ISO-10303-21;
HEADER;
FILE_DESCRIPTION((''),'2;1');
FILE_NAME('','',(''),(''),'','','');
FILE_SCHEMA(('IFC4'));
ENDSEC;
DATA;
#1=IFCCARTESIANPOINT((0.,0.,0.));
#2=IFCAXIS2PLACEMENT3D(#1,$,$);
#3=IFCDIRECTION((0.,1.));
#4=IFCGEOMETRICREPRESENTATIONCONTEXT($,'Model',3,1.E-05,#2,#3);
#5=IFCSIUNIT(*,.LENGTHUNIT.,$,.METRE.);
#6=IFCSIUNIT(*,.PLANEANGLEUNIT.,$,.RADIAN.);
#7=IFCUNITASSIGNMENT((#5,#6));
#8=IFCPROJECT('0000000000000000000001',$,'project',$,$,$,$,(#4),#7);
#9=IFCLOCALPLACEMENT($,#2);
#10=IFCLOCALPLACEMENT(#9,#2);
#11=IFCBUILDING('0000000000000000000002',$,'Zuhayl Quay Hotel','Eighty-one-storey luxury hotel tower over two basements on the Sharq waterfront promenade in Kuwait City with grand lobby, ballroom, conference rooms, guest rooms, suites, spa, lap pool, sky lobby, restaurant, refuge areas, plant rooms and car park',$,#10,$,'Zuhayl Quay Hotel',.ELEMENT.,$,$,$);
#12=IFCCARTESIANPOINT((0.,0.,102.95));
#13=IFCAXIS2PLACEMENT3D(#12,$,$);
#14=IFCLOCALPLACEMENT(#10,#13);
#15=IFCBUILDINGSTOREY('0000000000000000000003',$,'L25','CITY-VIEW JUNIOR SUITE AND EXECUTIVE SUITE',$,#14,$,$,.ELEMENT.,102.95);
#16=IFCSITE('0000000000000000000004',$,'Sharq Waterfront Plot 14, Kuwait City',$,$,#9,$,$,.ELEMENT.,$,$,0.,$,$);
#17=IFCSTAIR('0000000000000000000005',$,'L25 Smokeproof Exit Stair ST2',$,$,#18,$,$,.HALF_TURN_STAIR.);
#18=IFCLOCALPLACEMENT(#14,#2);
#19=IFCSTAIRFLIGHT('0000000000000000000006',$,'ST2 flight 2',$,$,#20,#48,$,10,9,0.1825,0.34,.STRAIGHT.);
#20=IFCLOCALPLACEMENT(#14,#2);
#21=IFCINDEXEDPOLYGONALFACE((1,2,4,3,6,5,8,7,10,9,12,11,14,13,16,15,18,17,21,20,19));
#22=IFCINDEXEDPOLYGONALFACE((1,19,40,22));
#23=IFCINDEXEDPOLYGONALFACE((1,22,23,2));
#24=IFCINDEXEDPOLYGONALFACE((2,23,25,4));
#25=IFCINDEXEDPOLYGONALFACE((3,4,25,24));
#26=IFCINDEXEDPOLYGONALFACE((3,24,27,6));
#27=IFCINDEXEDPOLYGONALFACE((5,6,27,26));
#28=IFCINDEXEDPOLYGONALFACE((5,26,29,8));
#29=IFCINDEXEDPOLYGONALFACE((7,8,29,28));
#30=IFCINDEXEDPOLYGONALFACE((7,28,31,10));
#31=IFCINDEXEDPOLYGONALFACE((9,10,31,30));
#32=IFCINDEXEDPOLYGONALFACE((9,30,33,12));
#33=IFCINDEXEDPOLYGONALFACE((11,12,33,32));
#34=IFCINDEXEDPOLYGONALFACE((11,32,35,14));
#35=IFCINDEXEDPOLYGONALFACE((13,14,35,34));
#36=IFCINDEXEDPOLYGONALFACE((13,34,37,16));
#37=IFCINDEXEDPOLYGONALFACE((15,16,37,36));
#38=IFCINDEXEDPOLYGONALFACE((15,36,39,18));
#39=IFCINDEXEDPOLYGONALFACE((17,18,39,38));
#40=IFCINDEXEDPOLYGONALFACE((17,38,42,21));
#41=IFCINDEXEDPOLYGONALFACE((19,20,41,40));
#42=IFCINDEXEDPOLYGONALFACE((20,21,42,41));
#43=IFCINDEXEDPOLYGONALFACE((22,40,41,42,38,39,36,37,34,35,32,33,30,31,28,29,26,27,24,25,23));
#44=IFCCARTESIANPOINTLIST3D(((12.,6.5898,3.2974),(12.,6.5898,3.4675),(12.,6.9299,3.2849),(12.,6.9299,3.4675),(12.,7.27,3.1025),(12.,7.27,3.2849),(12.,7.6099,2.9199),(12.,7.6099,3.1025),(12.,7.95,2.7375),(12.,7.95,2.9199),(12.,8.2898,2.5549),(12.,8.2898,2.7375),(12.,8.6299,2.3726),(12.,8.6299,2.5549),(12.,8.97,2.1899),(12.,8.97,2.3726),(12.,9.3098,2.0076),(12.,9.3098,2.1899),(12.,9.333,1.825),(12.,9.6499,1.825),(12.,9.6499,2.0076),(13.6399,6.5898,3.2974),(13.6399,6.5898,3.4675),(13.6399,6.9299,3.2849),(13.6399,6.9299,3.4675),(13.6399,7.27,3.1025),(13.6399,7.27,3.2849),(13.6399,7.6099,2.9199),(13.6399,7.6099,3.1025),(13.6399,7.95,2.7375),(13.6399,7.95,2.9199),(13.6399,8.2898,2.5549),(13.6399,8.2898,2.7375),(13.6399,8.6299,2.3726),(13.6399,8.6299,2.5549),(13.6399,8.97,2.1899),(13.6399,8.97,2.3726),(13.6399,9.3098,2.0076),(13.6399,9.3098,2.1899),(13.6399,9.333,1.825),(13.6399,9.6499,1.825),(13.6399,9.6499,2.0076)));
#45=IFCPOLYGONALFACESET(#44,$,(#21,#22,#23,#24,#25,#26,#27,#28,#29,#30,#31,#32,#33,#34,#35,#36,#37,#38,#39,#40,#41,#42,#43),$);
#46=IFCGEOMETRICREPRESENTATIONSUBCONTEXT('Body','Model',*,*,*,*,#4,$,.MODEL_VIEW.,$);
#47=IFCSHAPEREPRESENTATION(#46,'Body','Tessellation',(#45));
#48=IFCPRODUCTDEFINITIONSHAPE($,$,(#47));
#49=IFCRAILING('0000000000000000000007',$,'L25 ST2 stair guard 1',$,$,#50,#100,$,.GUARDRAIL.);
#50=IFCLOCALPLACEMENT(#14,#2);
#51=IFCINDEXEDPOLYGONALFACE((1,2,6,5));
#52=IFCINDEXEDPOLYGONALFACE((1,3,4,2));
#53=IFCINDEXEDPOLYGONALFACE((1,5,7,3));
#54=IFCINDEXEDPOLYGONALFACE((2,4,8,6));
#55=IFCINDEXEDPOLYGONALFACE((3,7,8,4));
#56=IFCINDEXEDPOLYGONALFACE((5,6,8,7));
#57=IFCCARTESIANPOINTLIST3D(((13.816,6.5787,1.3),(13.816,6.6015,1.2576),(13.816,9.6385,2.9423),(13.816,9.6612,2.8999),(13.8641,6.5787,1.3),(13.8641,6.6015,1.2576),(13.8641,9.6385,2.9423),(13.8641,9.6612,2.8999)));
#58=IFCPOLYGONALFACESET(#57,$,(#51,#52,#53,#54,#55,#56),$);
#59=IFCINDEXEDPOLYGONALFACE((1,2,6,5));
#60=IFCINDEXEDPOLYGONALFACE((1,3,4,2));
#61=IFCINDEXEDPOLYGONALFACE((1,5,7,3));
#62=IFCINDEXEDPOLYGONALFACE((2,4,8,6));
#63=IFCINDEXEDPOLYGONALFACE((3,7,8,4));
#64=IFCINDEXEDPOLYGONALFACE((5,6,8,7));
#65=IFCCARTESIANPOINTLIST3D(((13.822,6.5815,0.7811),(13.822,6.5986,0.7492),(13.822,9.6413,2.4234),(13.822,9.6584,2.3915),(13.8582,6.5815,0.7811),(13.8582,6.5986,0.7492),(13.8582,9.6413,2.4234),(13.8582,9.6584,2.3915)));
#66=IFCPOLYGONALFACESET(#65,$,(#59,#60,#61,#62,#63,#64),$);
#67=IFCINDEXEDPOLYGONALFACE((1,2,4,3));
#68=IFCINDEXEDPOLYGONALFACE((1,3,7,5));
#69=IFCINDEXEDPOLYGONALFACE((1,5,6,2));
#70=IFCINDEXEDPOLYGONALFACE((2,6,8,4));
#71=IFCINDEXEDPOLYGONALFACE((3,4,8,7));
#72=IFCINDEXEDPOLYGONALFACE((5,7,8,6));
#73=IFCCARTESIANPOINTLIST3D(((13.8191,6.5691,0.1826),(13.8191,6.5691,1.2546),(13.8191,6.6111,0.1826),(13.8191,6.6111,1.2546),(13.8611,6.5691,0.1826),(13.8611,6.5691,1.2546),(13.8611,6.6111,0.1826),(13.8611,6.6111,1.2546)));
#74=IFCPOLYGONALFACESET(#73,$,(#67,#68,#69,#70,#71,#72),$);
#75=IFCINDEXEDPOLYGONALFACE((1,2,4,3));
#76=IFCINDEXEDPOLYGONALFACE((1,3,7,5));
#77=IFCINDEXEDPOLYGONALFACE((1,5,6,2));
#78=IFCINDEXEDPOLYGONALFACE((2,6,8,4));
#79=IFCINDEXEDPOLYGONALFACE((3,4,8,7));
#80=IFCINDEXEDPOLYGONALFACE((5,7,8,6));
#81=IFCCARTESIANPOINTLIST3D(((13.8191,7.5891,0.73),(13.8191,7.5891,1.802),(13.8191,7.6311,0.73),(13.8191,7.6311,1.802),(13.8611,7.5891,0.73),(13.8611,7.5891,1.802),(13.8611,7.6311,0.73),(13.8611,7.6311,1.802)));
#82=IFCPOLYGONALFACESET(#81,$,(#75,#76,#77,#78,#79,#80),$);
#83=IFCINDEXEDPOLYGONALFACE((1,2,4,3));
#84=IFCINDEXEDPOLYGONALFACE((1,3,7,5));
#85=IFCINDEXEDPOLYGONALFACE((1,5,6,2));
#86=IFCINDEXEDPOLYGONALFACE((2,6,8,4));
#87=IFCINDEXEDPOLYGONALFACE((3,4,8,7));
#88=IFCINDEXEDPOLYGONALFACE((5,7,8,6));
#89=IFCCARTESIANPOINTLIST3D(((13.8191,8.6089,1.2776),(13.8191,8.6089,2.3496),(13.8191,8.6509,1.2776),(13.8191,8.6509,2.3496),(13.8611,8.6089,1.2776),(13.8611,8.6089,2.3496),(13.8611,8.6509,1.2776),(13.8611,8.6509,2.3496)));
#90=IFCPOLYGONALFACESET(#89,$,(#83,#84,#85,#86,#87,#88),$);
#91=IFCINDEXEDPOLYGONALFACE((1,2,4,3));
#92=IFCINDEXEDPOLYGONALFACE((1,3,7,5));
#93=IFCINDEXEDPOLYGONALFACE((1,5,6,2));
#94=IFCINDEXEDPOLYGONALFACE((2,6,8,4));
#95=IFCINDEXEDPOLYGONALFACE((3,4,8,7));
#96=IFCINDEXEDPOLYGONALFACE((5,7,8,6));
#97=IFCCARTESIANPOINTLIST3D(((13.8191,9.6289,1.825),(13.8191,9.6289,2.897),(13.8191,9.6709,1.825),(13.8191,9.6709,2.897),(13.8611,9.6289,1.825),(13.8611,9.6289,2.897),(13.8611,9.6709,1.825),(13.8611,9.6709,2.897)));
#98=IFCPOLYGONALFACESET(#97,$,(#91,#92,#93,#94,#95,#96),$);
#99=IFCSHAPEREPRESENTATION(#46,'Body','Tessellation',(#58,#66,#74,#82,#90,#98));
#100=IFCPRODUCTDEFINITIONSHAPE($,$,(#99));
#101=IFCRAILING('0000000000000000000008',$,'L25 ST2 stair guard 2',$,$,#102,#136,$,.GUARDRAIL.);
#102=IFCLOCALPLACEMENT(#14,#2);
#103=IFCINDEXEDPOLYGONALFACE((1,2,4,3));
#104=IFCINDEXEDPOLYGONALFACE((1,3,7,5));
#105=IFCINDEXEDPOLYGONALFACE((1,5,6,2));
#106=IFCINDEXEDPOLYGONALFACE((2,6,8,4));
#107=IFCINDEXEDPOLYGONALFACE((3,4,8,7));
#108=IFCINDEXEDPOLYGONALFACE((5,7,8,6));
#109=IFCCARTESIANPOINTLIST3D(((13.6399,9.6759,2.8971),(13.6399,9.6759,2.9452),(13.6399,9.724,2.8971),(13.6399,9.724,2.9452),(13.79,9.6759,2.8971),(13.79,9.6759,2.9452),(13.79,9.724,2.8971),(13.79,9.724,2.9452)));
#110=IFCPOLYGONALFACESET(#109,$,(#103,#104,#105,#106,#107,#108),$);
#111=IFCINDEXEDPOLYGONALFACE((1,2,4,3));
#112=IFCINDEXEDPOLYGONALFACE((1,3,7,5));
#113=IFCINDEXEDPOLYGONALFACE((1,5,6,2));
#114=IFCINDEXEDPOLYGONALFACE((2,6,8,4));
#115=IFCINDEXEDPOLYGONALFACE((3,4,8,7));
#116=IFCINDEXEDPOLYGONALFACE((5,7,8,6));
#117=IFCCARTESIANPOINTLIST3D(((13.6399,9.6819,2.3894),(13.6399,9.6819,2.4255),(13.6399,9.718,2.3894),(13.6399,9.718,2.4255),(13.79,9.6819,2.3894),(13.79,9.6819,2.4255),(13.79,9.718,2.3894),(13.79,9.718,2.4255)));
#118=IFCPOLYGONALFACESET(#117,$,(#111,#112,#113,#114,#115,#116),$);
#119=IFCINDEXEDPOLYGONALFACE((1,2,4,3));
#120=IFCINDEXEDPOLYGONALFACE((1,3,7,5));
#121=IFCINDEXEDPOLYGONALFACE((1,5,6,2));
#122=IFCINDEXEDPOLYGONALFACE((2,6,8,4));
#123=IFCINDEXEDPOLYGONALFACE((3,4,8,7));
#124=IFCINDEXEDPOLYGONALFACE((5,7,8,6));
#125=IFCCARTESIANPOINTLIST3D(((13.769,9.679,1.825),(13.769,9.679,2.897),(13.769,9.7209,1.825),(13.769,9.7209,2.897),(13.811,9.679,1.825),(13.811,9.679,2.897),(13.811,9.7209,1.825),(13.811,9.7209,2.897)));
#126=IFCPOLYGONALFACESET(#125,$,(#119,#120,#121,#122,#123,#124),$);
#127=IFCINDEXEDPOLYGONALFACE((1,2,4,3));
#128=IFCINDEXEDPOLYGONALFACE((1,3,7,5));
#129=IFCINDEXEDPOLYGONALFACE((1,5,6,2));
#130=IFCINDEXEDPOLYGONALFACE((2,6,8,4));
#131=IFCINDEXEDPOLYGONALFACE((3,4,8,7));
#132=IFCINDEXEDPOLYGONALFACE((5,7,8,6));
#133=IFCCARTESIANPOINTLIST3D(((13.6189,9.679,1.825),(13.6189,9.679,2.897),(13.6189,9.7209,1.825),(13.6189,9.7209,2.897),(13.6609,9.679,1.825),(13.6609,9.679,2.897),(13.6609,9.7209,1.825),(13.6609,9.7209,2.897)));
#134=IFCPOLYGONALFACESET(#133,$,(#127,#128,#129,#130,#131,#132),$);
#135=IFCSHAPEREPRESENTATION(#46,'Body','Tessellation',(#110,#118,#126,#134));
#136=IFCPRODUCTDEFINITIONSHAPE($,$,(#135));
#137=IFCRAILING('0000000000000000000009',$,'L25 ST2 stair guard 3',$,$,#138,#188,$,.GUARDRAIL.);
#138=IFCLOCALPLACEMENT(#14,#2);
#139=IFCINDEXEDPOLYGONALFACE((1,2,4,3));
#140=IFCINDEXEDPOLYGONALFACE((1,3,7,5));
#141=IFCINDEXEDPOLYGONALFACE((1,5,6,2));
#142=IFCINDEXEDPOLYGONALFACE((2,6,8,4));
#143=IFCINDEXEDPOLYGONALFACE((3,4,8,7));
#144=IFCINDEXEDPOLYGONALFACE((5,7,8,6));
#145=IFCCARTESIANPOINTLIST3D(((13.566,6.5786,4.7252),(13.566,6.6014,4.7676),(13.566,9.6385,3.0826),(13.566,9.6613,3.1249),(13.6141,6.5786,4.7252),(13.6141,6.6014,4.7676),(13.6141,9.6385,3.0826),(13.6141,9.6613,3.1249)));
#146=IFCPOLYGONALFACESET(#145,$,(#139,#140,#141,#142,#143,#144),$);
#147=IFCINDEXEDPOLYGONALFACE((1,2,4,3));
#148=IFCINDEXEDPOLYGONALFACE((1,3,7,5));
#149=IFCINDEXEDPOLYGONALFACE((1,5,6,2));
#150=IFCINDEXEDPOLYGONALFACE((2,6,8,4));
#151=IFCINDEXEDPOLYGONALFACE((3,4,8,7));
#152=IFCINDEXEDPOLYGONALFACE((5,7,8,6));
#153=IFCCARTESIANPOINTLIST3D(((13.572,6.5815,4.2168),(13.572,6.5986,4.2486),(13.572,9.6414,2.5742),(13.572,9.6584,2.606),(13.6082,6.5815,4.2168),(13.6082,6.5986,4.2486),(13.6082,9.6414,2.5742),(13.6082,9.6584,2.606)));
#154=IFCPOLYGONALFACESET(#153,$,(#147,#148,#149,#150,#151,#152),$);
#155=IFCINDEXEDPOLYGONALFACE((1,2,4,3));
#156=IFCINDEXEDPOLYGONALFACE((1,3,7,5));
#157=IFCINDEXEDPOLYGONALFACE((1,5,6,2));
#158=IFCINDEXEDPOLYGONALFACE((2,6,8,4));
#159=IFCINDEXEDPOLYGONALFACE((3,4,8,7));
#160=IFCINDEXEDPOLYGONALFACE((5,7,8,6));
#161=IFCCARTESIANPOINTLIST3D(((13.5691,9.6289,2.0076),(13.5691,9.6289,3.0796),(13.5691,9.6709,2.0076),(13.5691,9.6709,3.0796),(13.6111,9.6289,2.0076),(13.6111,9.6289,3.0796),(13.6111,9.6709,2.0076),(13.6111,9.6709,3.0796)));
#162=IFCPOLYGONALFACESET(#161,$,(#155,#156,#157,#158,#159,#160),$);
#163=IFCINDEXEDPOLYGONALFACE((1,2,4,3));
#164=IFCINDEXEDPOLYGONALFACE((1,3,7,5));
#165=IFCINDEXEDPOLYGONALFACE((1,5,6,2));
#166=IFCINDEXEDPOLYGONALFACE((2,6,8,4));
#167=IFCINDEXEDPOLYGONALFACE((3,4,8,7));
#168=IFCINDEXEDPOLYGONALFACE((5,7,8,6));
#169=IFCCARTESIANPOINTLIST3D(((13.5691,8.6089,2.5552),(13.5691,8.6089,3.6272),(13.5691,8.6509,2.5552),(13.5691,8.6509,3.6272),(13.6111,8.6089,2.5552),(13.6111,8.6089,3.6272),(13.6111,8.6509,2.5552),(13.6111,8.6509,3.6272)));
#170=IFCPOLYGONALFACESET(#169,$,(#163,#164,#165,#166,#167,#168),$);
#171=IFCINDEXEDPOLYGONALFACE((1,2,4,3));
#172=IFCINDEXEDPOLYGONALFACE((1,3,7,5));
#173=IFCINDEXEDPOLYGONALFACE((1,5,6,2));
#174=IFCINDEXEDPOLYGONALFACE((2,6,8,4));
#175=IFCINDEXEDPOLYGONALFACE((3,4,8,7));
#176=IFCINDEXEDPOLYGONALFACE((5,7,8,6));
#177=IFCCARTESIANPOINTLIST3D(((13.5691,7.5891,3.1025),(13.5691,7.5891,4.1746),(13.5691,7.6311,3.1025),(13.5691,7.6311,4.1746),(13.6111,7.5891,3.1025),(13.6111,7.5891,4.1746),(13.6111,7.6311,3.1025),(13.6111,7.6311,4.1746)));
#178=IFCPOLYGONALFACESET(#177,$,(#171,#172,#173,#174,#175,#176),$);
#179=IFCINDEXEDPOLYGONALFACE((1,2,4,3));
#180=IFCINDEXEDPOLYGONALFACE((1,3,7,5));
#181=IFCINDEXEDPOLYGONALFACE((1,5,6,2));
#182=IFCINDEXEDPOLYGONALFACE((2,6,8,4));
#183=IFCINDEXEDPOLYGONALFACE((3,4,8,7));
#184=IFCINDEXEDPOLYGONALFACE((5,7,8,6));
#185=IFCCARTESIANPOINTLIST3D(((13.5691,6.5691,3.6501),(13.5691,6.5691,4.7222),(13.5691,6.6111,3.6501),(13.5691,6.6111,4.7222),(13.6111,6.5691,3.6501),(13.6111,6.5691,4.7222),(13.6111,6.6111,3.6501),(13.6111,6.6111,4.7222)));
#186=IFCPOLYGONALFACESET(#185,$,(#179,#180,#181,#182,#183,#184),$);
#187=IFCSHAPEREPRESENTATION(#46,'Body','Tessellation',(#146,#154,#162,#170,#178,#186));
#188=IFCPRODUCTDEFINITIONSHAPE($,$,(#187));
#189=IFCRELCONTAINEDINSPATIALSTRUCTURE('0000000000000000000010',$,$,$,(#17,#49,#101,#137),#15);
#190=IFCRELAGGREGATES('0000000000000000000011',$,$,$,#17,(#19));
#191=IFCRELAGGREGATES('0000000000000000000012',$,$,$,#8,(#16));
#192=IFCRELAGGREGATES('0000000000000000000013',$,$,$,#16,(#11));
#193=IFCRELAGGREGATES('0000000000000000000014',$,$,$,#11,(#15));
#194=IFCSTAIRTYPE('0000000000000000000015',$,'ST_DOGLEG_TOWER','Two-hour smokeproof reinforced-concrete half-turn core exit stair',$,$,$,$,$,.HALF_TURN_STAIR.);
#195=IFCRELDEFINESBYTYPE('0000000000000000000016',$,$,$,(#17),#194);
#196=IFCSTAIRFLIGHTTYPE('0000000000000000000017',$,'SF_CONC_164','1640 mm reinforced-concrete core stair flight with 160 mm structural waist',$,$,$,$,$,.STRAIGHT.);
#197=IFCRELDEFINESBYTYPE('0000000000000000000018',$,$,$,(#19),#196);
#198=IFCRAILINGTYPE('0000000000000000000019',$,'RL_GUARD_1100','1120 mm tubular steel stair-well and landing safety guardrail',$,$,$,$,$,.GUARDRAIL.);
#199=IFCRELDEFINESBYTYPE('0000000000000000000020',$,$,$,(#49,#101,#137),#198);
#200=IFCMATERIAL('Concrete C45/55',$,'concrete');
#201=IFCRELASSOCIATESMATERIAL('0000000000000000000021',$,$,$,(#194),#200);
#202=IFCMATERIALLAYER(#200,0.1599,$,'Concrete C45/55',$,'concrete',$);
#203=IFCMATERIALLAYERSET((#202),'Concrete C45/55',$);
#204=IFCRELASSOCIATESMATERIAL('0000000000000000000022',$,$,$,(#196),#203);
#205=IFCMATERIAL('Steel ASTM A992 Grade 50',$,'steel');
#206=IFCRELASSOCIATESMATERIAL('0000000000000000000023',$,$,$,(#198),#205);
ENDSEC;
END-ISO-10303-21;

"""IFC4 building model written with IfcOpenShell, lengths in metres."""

from ifc_helpers import new_model, si_unit, direction, frame, origin, origin_2d, place, context, subcontext, project, spatial, polyline, rectangle, outline, extrude, material, layer, layer_set, type_object, element, aggregate, save


model = new_model("IFC4")

# Units and contexts
model_context = context("Model", 3, precision=1e-05, world=origin(), true_north=direction((0.0, 1.0)))
body_context = subcontext(model_context, "Body", "Model", "MODEL_VIEW")
ifc_project = project(units=[si_unit("LENGTHUNIT", "METRE"), si_unit("PLANEANGLEUNIT", "RADIAN")], contexts=[model_context])

# Site, building, storey
site_placement = place(None, origin())
site = spatial("IfcSite", under=ifc_project, at=site_placement, Name="Sharq Waterfront Plot 14, Kuwait City", CompositionType="ELEMENT", RefElevation=0.0)
building_placement = place(site_placement, origin())
building = spatial("IfcBuilding", under=site, at=building_placement, Name="Zuhayl Quay Hotel", Description="Eighty-one-storey luxury hotel tower over two basements on the Sharq waterfront promenade in Kuwait City with grand lobby, ballroom, conference rooms, guest rooms, suites, spa, lap pool, sky lobby, restaurant, refuge areas, plant rooms and car park", LongName="Zuhayl Quay Hotel", CompositionType="ELEMENT")
storey_placement = place(building_placement, frame((0.0, 0.0, 102.95)))
storey = spatial("IfcBuildingStorey", under=building, at=storey_placement, Name="L25", Description="CITY-VIEW JUNIOR SUITE AND EXECUTIVE SUITE", CompositionType="ELEMENT", Elevation=102.95)

# Shared definitions
ifc_material_1 = material(Name="Steel ASTM A992 Grade 50", Category="steel")

# Stair, stair flight
ifc_material_2 = material(Name="Concrete C45/55", Category="concrete")
stair_type = type_object("IfcStairType", Name="ST_DOGLEG_TOWER", Description="Two-hour smokeproof reinforced-concrete half-turn core exit stair", PredefinedType="HALF_TURN_STAIR", material=ifc_material_2)
stair_placement = place(storey_placement, origin())
stair = element("IfcStair", 1, at=stair_placement, inside=storey, type_object=stair_type, Name="L25 Smokeproof Exit Stair ST2", PredefinedType="HALF_TURN_STAIR")
ifc_layer_1 = layer(ifc_material_2, 0.1599, Name="Concrete C45/55", Category="concrete")
ifc_layer_set_1 = layer_set([ifc_layer_1], Name="Concrete C45/55")
stair_flight_type = type_object("IfcStairFlightType", Name="SF_CONC_164", Description="1640 mm reinforced-concrete core stair flight with 160 mm structural waist", PredefinedType="STRAIGHT", material=ifc_layer_set_1)
stair_flight_1_placement = place(storey_placement, frame((12.8201, 9.6499, 1.825), z_axis=(0.0, 0.0, 1.0), x_axis=(0.0, -1.0, 0.0)))
stair_flight_1 = element("IfcStairFlight", 2, at=stair_flight_1_placement, type_object=stair_flight_type, Name="ST2 flight 2", NumberOfRisers=10, NumberOfTreads=9, PredefinedType="STRAIGHT", RiserHeight=0.1825, TreadLength=0.34, context=body_context, shape_type="SweptSolid", body=[
    extrude(outline(polyline([(0.0, 0.0), (0.0, 0.1826), (0.3401, 0.1826), (0.3401, 0.365), (0.6799, 0.365), (0.6799, 0.5476), (1.02, 0.5476), (1.02, 0.73), (1.3601, 0.73), (1.3601, 0.9126), (1.7, 0.9126), (1.7, 1.095), (2.04, 1.095), (2.04, 1.2776), (2.3799, 1.2776), (2.3799, 1.46), (2.72, 1.46), (2.72, 1.6426), (3.0601, 1.6426), (3.0601, 1.825), (3.0601, 1.4724), (0.3169, 0.0), (0.0, 0.0)])), frame((0.0, 0.8198, 0.0), z_axis=(0.0, -1.0, 0.0), x_axis=(1.0, 0.0, 0.0)), (0.0, 0.0, 1.0), 1.6399),
])
aggregate(stair, [stair_flight_1])

# Railings
railing_type_1 = type_object("IfcRailingType", Name="RL_GUARD_1100", Description="1120 mm tubular steel stair-well and landing safety guardrail", PredefinedType="GUARDRAIL", material=ifc_material_1)
railing_1_placement = place(storey_placement, frame((13.8401, 6.5901, 0.1826)))
element("IfcRailing", 3, at=railing_1_placement, inside=storey, type_object=railing_type_1, Name="L25 ST2 stair guard 1", PredefinedType="GUARDRAIL", context=body_context, shape_type="SweptSolid", body=[
    extrude(rectangle(XDim=0.0481, YDim=0.0481, at=origin_2d()), frame((0.0, 0.0, 1.0962), z_axis=(0.0, 0.881102, 0.472926), x_axis=(-1.0, 0.0, 0.0)), (0.0, 0.0, 1.0), 3.4727),
    extrude(rectangle(XDim=0.0361, YDim=0.0361, at=origin_2d()), frame((0.0, 0.0, 0.5825), z_axis=(0.0, 0.881102, 0.472926), x_axis=(-1.0, 0.0, 0.0)), (0.0, 0.0, 1.0), 3.4727),
    extrude(rectangle(XDim=0.042, YDim=0.042, at=origin_2d()), origin(), (0.0, 0.0, 1.0), 1.072),
    extrude(rectangle(XDim=0.042, YDim=0.042, at=origin_2d()), frame((0.0, 1.02, 0.5474)), (0.0, 0.0, 1.0), 1.072),
    extrude(rectangle(XDim=0.042, YDim=0.042, at=origin_2d()), frame((0.0, 2.0398, 1.095)), (0.0, 0.0, 1.0), 1.072),
    extrude(rectangle(XDim=0.042, YDim=0.042, at=origin_2d()), frame((0.0, 3.0598, 1.6423)), (0.0, 0.0, 1.0), 1.072),
])
railing_2_placement = place(storey_placement, frame((13.79, 9.7, 1.825)))
element("IfcRailing", 4, at=railing_2_placement, inside=storey, type_object=railing_type_1, Name="L25 ST2 stair guard 2", PredefinedType="GUARDRAIL", context=body_context, shape_type="SweptSolid", body=[
    extrude(rectangle(XDim=0.0481, YDim=0.0481, at=origin_2d()), frame((0.0, 0.0, 1.0962), z_axis=(-1.0, 0.0, 0.0), x_axis=(0.0, -1.0, 0.0)), (0.0, 0.0, 1.0), 0.1501),
    extrude(rectangle(XDim=0.0361, YDim=0.0361, at=origin_2d()), frame((0.0, 0.0, 0.5825), z_axis=(-1.0, 0.0, 0.0), x_axis=(0.0, -1.0, 0.0)), (0.0, 0.0, 1.0), 0.1501),
    extrude(rectangle(XDim=0.042, YDim=0.042, at=origin_2d()), origin(), (0.0, 0.0, 1.0), 1.072),
    extrude(rectangle(XDim=0.042, YDim=0.042, at=origin_2d()), frame((-0.1501, 0.0, 0.0)), (0.0, 0.0, 1.0), 1.072),
])
railing_3_placement = place(storey_placement, frame((13.5901, 9.6499, 2.0076)))
element("IfcRailing", 5, at=railing_3_placement, inside=storey, type_object=railing_type_1, Name="L25 ST2 stair guard 3", PredefinedType="GUARDRAIL", context=body_context, shape_type="SweptSolid", body=[
    extrude(rectangle(XDim=0.0481, YDim=0.0481, at=origin_2d()), frame((0.0, 0.0, 1.0962), z_axis=(0.0, -0.881073, 0.47298), x_axis=(1.0, 0.0, 0.0)), (0.0, 0.0, 1.0), 3.4729),
    extrude(rectangle(XDim=0.0361, YDim=0.0361, at=origin_2d()), frame((0.0, 0.0, 0.5825), z_axis=(0.0, -0.881073, 0.47298), x_axis=(1.0, 0.0, 0.0)), (0.0, 0.0, 1.0), 3.4729),
    extrude(rectangle(XDim=0.042, YDim=0.042, at=origin_2d()), origin(), (0.0, 0.0, 1.0), 1.072),
    extrude(rectangle(XDim=0.042, YDim=0.042, at=origin_2d()), frame((0.0, -1.02, 0.5476)), (0.0, 0.0, 1.0), 1.072),
    extrude(rectangle(XDim=0.042, YDim=0.042, at=origin_2d()), frame((0.0, -2.0398, 1.095)), (0.0, 0.0, 1.0), 1.072),
    extrude(rectangle(XDim=0.042, YDim=0.042, at=origin_2d()), frame((0.0, -3.0598, 1.6426)), (0.0, 0.0, 1.0), 1.072),
])

save(model, "model.ifc")
